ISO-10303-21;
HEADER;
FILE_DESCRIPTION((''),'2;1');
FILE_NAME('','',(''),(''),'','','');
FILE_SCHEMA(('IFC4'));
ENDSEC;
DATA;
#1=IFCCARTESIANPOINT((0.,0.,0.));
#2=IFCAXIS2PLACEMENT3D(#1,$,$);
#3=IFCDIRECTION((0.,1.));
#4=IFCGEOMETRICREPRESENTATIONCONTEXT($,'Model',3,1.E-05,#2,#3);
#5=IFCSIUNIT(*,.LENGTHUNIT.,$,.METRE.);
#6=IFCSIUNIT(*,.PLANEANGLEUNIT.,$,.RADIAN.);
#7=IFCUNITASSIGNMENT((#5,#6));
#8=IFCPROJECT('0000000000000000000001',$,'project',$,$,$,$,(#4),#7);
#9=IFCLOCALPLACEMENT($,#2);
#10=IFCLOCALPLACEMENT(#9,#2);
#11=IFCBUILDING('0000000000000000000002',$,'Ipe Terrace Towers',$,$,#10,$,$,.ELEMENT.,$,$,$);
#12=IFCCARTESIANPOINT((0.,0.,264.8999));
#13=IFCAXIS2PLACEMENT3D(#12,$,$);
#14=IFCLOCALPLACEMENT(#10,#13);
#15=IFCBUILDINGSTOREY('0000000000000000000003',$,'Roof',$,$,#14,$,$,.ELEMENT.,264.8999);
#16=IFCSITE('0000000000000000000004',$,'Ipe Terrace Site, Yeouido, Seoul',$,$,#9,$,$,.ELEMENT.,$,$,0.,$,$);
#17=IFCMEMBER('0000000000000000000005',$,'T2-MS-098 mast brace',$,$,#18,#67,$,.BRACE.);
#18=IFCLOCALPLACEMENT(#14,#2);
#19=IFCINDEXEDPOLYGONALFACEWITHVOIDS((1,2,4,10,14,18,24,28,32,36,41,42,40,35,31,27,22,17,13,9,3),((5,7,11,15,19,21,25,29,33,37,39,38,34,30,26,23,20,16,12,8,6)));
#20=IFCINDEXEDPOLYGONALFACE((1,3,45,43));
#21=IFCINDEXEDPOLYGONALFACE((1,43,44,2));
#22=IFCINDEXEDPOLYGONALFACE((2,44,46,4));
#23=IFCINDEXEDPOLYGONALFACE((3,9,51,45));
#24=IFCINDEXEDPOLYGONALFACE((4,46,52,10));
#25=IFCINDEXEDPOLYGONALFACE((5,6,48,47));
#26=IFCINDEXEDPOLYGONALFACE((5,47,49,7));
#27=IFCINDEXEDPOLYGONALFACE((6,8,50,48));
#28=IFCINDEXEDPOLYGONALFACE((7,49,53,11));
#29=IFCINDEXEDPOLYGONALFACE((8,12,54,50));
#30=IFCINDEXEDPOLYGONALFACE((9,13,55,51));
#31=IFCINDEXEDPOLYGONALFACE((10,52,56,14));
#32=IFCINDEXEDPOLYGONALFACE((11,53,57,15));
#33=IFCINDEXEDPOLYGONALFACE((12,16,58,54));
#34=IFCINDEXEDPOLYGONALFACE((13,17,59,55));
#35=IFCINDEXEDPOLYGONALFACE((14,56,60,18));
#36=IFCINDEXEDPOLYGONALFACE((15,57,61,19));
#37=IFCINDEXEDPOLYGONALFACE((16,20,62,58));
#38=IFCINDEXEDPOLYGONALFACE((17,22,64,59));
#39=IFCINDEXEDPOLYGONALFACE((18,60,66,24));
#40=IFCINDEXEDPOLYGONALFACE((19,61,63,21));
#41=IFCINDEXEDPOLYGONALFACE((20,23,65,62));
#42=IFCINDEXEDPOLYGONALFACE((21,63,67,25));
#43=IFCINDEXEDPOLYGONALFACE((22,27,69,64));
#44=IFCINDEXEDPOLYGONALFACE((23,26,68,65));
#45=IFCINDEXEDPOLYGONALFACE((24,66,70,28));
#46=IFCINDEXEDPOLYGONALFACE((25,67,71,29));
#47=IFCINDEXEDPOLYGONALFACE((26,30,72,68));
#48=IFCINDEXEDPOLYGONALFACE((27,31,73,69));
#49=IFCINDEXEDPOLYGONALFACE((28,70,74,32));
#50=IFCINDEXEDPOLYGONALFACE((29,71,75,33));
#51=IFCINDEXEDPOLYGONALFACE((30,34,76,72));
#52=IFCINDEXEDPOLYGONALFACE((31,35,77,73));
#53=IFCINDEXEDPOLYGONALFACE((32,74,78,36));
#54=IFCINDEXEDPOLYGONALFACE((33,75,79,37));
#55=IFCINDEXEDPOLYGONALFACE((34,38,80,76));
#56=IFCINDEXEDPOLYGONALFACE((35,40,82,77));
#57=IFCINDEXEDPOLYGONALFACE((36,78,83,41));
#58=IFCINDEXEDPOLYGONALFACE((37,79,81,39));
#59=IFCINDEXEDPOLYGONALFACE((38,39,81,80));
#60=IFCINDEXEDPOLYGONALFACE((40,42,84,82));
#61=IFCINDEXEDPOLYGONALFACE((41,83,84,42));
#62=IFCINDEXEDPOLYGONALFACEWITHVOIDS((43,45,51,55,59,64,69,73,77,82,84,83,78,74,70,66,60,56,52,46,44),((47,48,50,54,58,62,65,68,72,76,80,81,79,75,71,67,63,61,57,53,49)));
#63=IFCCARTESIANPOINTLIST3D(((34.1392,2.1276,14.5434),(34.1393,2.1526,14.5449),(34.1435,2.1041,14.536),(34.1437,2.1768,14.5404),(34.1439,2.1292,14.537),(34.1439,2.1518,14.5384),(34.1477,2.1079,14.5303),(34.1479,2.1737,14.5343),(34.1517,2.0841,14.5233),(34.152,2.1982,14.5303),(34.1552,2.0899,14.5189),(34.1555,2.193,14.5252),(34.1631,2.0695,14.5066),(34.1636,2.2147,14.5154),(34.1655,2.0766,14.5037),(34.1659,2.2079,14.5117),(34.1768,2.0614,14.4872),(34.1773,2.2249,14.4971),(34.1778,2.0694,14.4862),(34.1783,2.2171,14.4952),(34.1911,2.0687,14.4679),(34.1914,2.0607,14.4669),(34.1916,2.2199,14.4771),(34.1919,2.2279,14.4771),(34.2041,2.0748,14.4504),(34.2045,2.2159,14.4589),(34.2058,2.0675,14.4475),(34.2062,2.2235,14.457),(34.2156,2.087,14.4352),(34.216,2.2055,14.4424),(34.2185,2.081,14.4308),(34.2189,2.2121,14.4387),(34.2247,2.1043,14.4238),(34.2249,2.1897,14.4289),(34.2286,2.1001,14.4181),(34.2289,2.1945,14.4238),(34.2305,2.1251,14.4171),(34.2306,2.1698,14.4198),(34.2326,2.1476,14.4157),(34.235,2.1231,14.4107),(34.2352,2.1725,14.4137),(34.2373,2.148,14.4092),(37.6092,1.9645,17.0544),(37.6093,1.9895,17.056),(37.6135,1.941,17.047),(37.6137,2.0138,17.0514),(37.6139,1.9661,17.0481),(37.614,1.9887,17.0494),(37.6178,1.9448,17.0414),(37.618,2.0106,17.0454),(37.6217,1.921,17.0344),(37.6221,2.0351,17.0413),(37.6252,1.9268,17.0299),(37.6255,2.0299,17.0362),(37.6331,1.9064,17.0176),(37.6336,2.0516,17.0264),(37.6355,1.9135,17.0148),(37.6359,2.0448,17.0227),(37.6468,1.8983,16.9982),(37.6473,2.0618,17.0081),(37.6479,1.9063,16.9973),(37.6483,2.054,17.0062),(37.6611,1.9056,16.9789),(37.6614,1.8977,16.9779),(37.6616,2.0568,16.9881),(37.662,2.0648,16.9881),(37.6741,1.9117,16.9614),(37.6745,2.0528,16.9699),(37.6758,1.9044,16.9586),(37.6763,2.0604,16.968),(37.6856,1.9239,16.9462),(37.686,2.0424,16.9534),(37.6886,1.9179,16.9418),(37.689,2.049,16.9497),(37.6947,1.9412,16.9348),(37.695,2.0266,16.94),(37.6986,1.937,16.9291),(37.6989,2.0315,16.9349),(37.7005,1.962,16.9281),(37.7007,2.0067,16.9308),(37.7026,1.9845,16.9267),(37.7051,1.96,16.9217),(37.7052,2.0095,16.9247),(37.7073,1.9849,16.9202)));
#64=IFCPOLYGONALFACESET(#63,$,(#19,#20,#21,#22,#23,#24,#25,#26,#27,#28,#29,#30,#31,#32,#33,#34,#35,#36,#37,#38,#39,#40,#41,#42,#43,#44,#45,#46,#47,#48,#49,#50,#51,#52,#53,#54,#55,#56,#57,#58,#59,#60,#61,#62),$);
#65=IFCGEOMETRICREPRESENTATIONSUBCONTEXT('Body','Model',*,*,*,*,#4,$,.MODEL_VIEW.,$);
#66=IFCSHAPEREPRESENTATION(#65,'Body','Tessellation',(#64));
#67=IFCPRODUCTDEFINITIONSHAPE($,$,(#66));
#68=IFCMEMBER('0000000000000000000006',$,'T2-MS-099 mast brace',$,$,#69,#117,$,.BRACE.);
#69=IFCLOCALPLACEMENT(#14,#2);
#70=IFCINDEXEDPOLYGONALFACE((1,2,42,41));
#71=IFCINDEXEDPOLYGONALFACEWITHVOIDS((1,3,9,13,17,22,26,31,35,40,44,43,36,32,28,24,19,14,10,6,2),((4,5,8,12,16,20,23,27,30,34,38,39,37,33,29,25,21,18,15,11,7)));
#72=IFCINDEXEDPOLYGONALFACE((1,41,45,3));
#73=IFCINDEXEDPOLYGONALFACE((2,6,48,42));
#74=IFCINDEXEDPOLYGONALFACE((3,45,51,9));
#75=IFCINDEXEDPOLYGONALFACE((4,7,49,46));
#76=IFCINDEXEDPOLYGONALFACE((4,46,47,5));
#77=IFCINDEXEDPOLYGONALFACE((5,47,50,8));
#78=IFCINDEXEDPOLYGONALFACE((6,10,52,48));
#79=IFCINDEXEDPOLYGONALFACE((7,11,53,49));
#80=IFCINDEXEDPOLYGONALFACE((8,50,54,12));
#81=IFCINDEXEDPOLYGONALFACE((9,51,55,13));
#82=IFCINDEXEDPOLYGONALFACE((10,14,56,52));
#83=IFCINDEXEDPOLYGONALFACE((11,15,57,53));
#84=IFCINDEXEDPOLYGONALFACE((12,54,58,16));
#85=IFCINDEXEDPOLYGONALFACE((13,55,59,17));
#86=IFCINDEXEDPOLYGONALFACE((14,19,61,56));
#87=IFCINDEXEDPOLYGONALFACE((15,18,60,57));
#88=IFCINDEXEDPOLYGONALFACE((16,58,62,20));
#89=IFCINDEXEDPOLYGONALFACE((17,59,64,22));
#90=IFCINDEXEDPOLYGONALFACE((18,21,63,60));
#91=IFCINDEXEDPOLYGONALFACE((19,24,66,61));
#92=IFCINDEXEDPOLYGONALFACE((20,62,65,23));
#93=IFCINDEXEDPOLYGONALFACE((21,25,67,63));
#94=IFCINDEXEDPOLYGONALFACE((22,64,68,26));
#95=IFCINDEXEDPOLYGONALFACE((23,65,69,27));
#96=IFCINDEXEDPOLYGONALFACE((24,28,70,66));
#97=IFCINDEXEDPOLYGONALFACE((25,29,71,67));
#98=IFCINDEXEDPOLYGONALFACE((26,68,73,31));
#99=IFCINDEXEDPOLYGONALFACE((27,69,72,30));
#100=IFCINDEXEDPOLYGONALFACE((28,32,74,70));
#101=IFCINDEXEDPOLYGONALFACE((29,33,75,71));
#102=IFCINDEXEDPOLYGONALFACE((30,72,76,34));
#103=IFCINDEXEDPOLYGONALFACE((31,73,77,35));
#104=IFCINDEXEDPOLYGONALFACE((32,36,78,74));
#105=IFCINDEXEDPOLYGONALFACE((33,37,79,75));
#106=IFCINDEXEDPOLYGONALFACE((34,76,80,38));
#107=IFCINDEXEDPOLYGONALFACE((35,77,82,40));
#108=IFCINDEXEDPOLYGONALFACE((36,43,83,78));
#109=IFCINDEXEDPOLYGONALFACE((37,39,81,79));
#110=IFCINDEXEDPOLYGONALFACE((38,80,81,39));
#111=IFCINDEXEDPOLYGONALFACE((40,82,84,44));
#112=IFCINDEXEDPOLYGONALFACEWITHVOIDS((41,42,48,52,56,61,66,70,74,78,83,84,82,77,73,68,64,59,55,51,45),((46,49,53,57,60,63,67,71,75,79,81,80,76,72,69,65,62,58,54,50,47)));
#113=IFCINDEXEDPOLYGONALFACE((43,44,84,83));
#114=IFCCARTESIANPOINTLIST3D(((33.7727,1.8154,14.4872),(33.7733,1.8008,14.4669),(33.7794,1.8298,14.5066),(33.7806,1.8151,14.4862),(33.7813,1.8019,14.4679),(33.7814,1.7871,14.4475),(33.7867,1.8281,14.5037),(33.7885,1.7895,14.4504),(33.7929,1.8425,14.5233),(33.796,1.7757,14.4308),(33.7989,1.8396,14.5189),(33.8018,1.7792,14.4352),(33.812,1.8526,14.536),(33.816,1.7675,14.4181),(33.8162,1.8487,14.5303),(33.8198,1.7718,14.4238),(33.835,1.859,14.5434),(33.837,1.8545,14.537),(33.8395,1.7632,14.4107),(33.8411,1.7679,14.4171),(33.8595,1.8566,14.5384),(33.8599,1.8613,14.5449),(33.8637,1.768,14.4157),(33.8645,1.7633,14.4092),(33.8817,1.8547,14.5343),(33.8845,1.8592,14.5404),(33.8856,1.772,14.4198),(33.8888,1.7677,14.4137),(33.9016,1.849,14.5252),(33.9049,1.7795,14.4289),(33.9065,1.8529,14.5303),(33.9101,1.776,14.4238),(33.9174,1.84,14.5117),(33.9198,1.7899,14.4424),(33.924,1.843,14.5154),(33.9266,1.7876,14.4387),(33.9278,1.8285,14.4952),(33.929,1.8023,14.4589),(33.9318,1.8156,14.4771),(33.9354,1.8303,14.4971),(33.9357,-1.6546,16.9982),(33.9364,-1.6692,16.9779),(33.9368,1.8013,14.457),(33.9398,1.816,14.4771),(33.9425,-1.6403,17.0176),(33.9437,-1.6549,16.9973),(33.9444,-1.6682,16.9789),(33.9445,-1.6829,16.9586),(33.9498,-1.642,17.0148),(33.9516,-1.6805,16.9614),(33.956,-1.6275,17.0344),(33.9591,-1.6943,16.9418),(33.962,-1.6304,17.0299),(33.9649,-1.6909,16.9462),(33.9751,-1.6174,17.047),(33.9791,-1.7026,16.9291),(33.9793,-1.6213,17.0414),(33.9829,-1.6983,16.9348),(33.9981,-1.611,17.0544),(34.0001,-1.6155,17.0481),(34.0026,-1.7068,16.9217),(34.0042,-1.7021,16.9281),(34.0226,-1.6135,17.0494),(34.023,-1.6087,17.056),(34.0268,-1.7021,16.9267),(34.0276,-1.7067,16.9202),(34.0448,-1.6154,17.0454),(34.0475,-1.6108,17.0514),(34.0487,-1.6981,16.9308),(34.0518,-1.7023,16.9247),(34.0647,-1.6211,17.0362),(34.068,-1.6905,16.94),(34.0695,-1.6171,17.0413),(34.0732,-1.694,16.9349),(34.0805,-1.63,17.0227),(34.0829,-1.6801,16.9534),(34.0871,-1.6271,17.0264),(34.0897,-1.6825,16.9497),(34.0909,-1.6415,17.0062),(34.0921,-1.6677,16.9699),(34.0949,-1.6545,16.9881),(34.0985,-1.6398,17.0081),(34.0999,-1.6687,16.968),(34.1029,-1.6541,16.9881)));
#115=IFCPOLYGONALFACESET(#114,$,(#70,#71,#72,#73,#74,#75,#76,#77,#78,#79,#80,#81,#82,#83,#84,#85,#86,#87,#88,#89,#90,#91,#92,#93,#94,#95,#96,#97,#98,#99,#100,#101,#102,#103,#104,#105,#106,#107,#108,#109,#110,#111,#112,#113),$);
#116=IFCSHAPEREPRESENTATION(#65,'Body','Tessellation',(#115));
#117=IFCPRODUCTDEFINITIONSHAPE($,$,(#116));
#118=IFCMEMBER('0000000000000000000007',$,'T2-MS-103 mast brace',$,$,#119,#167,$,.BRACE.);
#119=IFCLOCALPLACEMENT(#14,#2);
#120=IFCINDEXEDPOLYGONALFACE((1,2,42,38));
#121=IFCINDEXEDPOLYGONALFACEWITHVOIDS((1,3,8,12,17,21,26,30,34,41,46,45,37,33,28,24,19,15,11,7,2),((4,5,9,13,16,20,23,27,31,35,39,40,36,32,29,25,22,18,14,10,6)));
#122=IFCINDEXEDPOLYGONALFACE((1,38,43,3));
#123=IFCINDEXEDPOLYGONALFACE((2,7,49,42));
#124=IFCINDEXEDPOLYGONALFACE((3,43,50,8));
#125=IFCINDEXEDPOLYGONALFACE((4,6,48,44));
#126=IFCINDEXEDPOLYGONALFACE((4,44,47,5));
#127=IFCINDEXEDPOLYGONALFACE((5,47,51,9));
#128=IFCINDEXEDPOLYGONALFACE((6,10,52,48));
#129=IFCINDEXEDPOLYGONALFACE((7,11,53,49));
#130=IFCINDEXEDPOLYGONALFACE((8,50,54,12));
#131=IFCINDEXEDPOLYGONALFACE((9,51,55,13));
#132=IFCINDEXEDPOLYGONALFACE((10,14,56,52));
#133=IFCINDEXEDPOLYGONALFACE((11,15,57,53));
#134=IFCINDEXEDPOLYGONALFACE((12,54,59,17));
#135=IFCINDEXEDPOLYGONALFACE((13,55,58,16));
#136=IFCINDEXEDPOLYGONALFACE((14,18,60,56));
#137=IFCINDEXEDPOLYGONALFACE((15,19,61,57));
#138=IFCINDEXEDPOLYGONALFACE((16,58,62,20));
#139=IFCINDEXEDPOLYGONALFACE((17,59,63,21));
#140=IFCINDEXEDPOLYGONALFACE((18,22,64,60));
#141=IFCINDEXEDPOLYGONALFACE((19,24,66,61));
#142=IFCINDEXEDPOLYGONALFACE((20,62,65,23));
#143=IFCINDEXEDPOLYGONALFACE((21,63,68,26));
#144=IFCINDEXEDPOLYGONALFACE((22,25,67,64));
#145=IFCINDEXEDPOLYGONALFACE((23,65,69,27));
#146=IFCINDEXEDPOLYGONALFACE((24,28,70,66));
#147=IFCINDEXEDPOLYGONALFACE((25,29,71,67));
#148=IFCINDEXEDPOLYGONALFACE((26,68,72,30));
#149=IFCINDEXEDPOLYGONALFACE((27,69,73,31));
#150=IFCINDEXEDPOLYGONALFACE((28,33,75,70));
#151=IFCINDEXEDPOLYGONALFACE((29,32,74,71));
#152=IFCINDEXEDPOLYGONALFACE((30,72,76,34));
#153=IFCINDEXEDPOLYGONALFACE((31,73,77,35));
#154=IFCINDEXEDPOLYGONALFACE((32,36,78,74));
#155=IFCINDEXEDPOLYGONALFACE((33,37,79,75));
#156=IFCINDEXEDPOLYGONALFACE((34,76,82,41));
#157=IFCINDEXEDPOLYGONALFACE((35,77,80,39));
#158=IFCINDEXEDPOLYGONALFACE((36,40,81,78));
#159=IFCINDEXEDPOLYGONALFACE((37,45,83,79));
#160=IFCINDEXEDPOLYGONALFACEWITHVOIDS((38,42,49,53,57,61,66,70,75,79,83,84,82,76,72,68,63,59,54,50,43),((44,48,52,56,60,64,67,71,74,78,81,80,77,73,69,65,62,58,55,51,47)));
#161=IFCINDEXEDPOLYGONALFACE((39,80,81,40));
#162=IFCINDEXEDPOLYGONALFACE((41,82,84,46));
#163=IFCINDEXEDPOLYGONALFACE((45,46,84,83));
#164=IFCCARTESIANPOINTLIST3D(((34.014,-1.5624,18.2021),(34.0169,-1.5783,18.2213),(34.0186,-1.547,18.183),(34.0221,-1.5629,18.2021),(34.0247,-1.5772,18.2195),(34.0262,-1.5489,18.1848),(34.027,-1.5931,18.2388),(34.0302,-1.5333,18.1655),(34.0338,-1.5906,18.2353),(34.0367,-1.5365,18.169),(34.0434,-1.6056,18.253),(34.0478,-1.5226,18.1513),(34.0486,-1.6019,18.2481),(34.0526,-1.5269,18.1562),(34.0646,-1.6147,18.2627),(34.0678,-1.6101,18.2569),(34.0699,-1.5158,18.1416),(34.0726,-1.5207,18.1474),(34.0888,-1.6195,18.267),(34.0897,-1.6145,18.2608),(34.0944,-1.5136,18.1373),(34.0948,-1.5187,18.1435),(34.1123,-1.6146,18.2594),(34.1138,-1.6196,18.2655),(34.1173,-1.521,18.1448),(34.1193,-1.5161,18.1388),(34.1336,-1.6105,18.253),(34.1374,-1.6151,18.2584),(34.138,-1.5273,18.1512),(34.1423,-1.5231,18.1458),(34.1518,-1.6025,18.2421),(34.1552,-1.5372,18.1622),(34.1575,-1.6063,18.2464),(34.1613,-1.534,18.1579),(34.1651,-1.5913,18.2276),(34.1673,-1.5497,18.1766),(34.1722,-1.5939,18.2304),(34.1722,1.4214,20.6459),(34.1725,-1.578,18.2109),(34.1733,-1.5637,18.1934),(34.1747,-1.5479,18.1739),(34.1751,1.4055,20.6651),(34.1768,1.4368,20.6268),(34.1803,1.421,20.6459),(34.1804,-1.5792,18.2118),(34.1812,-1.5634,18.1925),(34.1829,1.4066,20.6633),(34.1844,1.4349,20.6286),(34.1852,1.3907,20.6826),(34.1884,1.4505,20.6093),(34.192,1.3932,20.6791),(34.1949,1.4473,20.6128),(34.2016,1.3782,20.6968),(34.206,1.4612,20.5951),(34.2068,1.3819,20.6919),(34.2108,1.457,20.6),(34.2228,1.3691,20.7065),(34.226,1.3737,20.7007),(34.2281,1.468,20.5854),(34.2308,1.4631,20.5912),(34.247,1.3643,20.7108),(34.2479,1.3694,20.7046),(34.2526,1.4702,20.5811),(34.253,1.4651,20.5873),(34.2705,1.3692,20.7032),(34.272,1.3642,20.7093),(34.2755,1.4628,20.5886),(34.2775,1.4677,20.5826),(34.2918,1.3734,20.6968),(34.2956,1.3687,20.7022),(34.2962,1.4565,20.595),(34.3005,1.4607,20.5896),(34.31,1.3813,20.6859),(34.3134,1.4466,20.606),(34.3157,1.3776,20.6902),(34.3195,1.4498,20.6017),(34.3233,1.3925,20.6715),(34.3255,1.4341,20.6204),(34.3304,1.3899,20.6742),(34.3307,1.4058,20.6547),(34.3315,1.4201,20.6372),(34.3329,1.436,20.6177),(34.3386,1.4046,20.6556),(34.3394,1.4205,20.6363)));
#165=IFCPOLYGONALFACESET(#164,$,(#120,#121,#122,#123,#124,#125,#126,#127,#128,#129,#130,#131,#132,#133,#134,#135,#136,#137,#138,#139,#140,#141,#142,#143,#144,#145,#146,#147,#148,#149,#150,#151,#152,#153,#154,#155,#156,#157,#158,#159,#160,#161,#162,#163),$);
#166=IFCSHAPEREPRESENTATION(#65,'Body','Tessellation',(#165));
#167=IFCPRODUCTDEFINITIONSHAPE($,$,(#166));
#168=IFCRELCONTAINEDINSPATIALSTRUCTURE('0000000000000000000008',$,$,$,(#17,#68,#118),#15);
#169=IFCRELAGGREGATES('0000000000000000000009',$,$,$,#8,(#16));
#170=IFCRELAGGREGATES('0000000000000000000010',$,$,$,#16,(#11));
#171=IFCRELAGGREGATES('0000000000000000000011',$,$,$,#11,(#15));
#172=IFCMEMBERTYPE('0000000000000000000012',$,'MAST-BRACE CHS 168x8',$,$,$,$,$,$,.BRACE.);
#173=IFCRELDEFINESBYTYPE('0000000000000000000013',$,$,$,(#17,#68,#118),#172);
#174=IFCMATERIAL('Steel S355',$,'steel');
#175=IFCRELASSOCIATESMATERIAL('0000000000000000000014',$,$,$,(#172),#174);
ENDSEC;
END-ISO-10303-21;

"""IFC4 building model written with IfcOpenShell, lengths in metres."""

from ifc_helpers import new_model, si_unit, direction, frame, origin, origin_2d, place, context, subcontext, project, spatial, hollow_circle, extrude, material, material_profile, profile_set, type_object, element, save


model = new_model("IFC4")

# Units and contexts
model_context = context("Model", 3, precision=1e-05, world=origin(), true_north=direction((0.0, 1.0)))
body_context = subcontext(model_context, "Body", "Model", "MODEL_VIEW")
ifc_project = project(units=[si_unit("LENGTHUNIT", "METRE"), si_unit("PLANEANGLEUNIT", "RADIAN")], contexts=[model_context])

# Site, building, storey
site_placement = place(None, origin())
site = spatial("IfcSite", under=ifc_project, at=site_placement, Name="Ipe Terrace Site, Yeouido, Seoul", CompositionType="ELEMENT", RefElevation=0.0)
building_placement = place(site_placement, origin())
building = spatial("IfcBuilding", under=site, at=building_placement, Name="Ipe Terrace Towers", CompositionType="ELEMENT")
storey_placement = place(building_placement, frame((0.0, 0.0, 264.8999)))
storey = spatial("IfcBuildingStorey", under=building, at=storey_placement, Name="Roof", CompositionType="ELEMENT", Elevation=264.8999)

# Members
ifc_material_1 = material(Name="Steel S355", Category="steel")
ifc_material_profile_1 = material_profile(ifc_material_1, hollow_circle(Radius=0.084, WallThickness=0.0081, at=origin_2d()), Name="MAST-BRACE CHS 168x8")
ifc_profile_set_1 = profile_set([ifc_material_profile_1], Name="Steel S355")
member_type_1 = type_object("IfcMemberType", Name="MAST-BRACE CHS 168x8", PredefinedType="BRACE", material=ifc_profile_set_1)
for number, where, z_axis, x_axis, name in (
    (1, (34.188, 2.144, 14.4771), (0.80955, -0.038048, 0.585817), (0.046947, 0.998897, 0.0), "T2-MS-098 mast brace"),
    (2, (33.856, 1.812, 14.4771), (0.038048, -0.80955, 0.585817), (0.998897, 0.046947, 0.0), "T2-MS-099 mast brace"),
):
    element("IfcMember", number, at=place(storey_placement, frame(where, z_axis=z_axis, x_axis=x_axis)), inside=storey, type_object=member_type_1, Name=name, PredefinedType="BRACE", context=body_context, shape_type="SweptSolid", body=[
        extrude(hollow_circle(Radius=0.084, WallThickness=0.0081, at=origin_2d()), origin(), (0.0, 0.0, 1.0), 4.2864),
    ])
for number, where, z_axis, x_axis, name in (
    (3, (34.0979, -1.5669, 18.2021), (0.040983, 0.772991, 0.633091), (-0.998597, 0.052945, 0.0), "T2-MS-103 mast brace"),
):
    element("IfcMember", number, at=place(storey_placement, frame(where, z_axis=z_axis, x_axis=x_axis)), inside=storey, type_object=member_type_1, Name=name, PredefinedType="BRACE", context=body_context, shape_type="SweptSolid", body=[
        extrude(hollow_circle(Radius=0.084, WallThickness=0.0081, at=origin_2d()), origin(), (0.0, 0.0, 1.0), 3.8601),
    ])

save(model, "model.ifc")
